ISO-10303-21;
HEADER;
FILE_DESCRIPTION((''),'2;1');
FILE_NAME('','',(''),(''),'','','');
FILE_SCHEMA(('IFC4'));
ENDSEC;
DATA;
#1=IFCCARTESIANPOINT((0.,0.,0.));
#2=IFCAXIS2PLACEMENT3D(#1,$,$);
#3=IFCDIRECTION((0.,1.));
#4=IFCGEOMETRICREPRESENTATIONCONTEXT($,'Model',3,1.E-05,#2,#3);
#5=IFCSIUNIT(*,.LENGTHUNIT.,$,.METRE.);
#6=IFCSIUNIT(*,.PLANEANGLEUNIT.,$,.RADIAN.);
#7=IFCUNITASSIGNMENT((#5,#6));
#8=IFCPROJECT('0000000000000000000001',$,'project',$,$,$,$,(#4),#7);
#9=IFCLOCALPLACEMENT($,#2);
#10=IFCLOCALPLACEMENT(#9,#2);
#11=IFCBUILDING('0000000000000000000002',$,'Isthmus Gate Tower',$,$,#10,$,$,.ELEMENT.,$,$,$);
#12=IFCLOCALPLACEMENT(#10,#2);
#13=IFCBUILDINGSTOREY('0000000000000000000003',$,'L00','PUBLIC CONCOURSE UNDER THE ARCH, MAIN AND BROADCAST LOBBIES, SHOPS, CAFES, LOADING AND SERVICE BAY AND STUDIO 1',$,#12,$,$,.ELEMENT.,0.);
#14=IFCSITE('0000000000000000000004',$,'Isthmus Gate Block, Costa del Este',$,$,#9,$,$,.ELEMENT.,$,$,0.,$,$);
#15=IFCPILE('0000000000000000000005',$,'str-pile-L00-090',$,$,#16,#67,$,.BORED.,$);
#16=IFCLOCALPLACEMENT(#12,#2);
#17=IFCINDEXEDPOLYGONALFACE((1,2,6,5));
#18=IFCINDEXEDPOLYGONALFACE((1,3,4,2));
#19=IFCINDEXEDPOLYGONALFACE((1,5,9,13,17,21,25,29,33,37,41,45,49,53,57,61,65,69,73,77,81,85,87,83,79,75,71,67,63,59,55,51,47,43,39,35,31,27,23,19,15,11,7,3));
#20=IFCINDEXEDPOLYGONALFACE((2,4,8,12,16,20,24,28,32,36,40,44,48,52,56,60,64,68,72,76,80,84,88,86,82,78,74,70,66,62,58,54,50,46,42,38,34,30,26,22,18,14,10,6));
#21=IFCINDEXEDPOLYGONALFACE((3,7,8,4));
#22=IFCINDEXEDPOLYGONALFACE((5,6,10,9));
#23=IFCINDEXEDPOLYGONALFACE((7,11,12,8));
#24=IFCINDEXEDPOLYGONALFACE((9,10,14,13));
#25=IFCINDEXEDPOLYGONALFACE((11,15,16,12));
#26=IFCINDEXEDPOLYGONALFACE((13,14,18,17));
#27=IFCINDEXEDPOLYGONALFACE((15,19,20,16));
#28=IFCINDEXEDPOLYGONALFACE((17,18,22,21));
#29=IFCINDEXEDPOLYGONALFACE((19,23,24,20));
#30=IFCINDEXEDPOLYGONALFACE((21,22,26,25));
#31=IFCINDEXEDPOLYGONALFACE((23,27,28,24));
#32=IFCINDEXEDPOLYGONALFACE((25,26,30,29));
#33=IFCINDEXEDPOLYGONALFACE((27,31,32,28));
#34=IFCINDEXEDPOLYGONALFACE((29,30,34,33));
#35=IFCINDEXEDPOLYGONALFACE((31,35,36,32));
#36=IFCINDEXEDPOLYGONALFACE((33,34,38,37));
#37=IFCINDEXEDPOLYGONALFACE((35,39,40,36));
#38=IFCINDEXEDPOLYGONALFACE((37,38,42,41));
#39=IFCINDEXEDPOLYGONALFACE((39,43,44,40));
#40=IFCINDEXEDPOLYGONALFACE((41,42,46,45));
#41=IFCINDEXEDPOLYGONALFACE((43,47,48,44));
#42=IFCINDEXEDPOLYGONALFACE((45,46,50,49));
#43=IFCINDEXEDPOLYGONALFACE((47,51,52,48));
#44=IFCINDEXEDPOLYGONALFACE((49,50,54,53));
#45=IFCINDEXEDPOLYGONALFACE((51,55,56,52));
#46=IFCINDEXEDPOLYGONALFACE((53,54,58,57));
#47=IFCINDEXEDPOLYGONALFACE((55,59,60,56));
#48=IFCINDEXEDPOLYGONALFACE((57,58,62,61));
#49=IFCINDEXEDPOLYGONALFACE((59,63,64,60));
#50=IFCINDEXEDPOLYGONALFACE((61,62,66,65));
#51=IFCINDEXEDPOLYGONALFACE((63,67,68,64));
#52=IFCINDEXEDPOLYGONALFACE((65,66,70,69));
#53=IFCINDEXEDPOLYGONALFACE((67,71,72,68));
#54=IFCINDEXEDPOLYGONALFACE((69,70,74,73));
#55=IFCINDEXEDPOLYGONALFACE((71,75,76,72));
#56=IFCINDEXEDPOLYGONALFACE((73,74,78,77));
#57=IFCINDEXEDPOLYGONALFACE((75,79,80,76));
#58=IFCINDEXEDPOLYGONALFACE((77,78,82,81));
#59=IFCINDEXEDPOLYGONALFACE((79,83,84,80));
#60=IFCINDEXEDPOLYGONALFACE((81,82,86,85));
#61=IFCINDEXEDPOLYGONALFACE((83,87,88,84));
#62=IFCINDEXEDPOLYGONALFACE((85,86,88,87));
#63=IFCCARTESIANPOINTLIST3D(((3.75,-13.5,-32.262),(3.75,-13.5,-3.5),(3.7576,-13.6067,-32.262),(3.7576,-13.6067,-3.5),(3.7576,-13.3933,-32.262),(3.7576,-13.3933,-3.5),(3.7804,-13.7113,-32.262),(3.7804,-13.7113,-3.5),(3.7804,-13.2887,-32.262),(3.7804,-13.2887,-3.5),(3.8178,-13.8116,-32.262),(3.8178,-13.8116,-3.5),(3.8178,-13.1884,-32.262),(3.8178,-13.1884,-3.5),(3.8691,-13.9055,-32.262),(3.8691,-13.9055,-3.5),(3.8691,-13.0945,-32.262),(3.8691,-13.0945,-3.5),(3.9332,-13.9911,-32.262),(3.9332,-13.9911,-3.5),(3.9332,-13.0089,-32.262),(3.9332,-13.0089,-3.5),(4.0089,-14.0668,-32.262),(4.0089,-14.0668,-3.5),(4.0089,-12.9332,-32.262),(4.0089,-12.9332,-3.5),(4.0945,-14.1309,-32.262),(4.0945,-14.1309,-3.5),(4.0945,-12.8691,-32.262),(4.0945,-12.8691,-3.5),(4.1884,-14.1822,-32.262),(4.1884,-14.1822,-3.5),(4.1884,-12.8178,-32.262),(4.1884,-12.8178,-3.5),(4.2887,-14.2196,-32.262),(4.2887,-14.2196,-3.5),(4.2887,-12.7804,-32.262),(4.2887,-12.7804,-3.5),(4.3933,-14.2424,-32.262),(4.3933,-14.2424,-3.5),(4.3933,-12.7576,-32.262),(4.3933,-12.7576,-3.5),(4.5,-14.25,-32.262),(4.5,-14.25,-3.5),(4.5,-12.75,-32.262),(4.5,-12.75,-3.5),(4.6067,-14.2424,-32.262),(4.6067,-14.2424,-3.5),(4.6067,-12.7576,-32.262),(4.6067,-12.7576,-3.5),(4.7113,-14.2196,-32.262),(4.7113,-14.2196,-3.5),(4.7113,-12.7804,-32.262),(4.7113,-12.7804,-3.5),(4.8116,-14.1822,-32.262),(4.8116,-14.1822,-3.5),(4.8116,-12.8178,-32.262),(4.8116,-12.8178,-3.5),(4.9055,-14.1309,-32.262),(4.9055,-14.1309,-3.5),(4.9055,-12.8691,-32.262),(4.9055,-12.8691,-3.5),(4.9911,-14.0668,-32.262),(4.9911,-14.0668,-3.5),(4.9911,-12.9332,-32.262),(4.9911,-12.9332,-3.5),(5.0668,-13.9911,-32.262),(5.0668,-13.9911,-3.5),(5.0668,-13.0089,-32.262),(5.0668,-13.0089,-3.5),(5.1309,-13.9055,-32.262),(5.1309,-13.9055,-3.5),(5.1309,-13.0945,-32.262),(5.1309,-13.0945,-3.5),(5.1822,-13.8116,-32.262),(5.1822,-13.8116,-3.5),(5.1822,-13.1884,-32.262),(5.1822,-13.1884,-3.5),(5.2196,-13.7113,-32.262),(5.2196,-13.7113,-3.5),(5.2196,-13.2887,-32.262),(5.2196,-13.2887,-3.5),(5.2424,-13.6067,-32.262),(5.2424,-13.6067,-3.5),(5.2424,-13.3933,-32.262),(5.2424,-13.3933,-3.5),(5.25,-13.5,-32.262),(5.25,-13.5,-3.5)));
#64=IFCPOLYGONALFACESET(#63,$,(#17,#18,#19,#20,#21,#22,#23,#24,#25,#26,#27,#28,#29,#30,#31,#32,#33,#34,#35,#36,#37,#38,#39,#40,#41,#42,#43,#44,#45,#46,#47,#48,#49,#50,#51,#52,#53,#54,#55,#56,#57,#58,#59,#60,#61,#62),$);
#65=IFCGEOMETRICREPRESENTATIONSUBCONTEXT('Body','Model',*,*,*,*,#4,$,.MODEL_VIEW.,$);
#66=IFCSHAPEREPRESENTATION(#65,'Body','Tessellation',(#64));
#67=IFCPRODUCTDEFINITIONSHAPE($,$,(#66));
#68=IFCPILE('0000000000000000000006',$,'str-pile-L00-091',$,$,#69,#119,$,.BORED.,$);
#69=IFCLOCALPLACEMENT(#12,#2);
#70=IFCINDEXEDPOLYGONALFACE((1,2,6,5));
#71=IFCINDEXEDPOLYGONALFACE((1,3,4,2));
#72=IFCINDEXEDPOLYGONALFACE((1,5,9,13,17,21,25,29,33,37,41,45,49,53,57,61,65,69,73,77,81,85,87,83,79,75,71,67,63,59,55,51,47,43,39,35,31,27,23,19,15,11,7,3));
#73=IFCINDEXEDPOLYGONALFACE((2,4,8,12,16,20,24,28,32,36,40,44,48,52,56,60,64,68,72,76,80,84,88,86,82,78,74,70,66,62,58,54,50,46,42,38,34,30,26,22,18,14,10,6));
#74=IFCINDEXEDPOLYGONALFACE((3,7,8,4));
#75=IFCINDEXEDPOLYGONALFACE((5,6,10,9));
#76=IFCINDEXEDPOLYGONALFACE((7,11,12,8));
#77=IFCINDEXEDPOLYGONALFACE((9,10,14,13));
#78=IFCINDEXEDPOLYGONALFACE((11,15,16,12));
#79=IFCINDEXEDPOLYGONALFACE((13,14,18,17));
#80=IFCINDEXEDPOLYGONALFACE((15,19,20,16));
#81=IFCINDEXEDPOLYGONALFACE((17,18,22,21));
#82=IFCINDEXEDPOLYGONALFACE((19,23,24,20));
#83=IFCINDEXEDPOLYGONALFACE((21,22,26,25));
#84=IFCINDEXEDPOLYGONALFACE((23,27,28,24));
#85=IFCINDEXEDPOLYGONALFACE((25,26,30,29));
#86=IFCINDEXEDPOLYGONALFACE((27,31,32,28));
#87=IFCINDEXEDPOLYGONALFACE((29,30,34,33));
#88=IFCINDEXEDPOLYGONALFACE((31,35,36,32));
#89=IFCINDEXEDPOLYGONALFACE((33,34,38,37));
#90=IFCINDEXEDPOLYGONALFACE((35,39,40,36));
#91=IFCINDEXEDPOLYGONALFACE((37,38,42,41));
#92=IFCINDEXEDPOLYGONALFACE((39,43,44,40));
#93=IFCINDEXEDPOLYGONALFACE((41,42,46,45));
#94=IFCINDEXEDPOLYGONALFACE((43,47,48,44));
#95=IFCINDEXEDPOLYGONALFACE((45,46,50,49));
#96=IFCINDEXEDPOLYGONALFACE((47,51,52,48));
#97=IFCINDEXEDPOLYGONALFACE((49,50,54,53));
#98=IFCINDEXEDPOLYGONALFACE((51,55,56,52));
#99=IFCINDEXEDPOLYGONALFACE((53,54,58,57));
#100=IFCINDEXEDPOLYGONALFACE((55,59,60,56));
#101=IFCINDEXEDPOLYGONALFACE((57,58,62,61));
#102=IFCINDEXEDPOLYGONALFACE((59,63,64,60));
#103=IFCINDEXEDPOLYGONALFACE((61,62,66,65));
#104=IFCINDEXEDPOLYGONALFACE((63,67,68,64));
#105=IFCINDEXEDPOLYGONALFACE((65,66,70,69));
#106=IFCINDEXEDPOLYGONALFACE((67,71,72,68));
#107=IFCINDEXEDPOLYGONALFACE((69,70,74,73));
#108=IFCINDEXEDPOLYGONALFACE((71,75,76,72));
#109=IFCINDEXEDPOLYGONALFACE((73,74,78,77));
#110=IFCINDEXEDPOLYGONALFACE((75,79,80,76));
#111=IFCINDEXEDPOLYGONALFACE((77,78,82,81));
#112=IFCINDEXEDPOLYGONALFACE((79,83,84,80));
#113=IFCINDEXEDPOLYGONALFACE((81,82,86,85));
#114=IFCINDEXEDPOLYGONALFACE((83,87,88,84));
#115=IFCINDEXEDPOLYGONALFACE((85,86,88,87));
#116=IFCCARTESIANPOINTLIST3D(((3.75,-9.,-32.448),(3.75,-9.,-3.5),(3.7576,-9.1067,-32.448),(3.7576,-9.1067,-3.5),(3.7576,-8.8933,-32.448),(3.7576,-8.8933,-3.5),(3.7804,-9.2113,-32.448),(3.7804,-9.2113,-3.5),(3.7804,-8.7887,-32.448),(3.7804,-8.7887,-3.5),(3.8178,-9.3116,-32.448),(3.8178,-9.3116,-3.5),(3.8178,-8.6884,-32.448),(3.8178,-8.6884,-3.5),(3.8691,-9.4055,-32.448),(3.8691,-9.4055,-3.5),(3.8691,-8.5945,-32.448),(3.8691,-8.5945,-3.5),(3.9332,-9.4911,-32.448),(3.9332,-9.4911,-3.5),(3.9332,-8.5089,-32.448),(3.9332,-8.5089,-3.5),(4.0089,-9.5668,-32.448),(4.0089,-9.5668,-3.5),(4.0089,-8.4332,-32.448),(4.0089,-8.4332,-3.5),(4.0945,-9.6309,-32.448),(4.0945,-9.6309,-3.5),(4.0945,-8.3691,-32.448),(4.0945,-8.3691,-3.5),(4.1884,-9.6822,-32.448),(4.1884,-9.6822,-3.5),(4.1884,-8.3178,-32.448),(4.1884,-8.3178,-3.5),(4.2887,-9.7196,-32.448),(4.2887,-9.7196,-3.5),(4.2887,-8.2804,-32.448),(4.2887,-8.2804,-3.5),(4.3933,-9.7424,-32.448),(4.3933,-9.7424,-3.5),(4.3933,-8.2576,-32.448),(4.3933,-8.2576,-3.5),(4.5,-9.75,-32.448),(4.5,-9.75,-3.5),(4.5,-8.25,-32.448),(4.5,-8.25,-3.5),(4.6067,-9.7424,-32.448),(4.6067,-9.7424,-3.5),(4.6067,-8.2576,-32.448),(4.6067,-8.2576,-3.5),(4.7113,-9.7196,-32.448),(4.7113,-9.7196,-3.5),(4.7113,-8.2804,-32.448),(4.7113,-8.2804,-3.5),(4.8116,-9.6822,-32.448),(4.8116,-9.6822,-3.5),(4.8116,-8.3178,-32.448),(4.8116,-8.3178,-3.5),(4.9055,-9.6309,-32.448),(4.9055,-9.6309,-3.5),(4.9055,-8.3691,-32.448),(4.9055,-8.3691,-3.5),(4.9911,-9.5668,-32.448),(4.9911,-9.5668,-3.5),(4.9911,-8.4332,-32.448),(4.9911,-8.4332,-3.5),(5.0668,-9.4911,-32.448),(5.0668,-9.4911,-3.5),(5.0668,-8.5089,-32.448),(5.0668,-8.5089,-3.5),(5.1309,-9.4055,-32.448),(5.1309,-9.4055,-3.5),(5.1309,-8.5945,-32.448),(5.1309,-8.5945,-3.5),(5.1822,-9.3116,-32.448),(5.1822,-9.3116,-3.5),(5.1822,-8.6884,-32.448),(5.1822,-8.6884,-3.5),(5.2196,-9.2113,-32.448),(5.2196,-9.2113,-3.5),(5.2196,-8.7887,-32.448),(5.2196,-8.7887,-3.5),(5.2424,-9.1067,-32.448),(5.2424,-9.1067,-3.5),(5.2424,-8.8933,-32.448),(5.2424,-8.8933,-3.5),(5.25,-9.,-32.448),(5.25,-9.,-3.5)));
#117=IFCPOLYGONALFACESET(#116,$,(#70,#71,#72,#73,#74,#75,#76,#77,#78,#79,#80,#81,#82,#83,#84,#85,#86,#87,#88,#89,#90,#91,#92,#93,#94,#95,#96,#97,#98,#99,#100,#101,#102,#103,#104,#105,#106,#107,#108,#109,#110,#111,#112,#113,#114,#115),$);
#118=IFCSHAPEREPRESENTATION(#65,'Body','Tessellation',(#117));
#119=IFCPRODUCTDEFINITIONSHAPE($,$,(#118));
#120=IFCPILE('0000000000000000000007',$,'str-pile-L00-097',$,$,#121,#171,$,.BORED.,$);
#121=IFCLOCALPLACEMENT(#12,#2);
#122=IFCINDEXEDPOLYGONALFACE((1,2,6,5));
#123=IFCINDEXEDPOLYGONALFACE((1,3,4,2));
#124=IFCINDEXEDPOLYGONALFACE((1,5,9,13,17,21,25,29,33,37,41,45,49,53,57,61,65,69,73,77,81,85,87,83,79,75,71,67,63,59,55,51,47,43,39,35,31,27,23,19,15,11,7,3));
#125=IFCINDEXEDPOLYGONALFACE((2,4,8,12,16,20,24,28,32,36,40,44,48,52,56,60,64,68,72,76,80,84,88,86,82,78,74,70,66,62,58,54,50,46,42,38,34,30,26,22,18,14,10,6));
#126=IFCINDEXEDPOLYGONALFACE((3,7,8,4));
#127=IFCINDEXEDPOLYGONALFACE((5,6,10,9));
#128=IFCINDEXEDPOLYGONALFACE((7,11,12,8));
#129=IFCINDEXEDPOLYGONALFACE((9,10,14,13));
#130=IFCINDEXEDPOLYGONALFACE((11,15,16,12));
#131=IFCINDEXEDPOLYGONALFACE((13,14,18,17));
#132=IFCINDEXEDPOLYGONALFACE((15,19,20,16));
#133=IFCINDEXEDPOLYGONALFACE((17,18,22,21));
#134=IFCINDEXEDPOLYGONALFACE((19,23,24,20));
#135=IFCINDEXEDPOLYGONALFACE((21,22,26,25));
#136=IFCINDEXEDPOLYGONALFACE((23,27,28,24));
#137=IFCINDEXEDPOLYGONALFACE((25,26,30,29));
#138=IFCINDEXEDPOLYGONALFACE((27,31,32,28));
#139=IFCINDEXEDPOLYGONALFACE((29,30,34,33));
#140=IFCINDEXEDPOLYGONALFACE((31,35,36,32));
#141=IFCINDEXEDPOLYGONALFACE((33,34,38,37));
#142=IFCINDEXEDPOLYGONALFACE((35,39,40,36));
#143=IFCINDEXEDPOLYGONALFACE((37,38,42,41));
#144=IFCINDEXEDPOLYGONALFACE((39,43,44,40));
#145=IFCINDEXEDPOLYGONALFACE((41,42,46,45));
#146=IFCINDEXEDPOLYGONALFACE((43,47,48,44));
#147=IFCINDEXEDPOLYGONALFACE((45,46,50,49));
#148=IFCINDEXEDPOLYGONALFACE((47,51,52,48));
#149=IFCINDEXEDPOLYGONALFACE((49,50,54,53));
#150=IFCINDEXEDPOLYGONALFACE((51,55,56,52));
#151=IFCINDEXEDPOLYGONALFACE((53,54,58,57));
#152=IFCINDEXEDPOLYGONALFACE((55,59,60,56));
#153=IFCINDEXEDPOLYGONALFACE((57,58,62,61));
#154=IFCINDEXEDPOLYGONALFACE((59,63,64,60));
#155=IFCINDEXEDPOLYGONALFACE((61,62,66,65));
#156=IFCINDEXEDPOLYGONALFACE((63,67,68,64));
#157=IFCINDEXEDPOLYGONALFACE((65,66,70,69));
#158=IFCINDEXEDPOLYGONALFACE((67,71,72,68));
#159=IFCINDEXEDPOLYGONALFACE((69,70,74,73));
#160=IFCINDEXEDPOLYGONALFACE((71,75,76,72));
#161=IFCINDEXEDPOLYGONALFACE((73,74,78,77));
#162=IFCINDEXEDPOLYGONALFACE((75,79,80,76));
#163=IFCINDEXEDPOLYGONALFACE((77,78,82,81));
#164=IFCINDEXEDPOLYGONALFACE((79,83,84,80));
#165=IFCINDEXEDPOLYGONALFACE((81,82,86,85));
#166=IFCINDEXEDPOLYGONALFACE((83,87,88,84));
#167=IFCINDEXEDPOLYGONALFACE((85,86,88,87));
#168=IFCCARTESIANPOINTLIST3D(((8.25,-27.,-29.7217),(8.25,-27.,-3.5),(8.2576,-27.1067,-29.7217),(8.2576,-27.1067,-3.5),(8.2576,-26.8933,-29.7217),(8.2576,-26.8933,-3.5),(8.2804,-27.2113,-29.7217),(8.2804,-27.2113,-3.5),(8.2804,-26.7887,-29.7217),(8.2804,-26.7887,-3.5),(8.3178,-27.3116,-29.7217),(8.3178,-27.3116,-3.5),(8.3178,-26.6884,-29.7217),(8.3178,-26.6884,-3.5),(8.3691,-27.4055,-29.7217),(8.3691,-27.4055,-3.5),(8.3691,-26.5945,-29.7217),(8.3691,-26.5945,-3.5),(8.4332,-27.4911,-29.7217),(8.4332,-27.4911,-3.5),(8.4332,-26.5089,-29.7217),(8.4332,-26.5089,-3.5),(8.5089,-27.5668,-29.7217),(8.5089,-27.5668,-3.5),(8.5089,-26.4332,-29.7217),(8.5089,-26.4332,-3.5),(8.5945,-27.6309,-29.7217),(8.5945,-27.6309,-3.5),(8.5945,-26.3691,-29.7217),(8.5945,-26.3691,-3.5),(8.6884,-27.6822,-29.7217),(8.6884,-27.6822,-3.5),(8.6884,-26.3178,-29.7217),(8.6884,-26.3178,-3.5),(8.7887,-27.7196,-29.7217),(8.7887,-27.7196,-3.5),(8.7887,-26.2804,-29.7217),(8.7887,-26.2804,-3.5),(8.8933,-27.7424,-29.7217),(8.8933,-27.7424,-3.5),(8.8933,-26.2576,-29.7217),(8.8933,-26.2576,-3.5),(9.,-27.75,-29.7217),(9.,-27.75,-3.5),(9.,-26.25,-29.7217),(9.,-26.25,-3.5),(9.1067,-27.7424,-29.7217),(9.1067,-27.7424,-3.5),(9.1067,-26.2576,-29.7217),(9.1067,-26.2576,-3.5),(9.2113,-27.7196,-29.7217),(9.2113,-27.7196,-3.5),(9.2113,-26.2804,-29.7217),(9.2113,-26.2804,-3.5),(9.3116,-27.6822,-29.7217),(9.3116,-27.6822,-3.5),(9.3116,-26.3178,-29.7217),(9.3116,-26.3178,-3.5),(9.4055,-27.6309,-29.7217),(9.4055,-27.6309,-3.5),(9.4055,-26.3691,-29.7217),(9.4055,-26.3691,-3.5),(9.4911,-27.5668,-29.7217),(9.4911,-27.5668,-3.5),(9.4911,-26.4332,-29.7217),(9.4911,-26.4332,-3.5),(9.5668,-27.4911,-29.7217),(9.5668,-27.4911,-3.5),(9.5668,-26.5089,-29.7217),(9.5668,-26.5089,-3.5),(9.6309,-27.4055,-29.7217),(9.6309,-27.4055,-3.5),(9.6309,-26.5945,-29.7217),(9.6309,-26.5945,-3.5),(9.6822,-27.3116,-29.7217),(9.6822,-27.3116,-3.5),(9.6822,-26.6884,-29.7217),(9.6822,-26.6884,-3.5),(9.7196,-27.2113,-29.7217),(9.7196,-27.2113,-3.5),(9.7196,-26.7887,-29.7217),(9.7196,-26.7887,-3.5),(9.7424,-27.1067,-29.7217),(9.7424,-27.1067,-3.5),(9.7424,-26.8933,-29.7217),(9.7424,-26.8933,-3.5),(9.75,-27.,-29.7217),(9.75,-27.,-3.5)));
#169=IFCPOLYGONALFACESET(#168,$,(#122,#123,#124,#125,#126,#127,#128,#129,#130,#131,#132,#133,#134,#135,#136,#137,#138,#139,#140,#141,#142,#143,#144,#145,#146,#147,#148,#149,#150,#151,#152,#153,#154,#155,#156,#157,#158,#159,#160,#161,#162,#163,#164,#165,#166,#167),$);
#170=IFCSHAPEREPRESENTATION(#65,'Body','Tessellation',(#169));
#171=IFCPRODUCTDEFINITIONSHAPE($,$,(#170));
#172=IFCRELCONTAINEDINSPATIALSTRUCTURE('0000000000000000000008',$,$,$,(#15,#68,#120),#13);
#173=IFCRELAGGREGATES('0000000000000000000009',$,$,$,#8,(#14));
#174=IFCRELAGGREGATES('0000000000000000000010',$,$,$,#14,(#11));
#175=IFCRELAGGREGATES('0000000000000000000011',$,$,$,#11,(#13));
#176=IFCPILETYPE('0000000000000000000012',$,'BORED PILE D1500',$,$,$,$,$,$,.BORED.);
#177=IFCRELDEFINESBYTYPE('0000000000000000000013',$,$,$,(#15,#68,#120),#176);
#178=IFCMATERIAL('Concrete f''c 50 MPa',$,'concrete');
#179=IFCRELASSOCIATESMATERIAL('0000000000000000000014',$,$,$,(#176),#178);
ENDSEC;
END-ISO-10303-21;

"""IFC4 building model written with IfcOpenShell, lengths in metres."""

from ifc_helpers import new_model, si_unit, direction, frame, origin, origin_2d, place, context, subcontext, project, spatial, circle, extrude, material, material_profile, profile_set, type_object, element, save


model = new_model("IFC4")

# Units and contexts
model_context = context("Model", 3, precision=1e-05, world=origin(), true_north=direction((0.0, 1.0)))
body_context = subcontext(model_context, "Body", "Model", "MODEL_VIEW")
ifc_project = project(units=[si_unit("LENGTHUNIT", "METRE"), si_unit("PLANEANGLEUNIT", "RADIAN")], contexts=[model_context])

# Site, building, storey
site_placement = place(None, origin())
site = spatial("IfcSite", under=ifc_project, at=site_placement, Name="Isthmus Gate Block, Costa del Este", CompositionType="ELEMENT", RefElevation=0.0)
building_placement = place(site_placement, origin())
building = spatial("IfcBuilding", under=site, at=building_placement, Name="Isthmus Gate Tower", CompositionType="ELEMENT")
storey_placement = place(building_placement, origin())
storey = spatial("IfcBuildingStorey", under=building, at=storey_placement, Name="L00", Description="PUBLIC CONCOURSE UNDER THE ARCH, MAIN AND BROADCAST LOBBIES, SHOPS, CAFES, LOADING AND SERVICE BAY AND STUDIO 1", CompositionType="ELEMENT", Elevation=0.0)

# Piles
ifc_material_1 = material(Name="Concrete f'c 50 MPa", Category="concrete")
ifc_material_profile_1 = material_profile(ifc_material_1, circle(Radius=0.75, at=origin_2d()), Name="D1500")
ifc_profile_set_1 = profile_set([ifc_material_profile_1], Name="Concrete f'c 50 MPa")
pile_type_1 = type_object("IfcPileType", Name="BORED PILE D1500", PredefinedType="BORED", material=ifc_profile_set_1)
pile_1_placement = place(storey_placement, frame((4.5, -13.5, -3.5), z_axis=(0.0, 0.0, -1.0), x_axis=(1.0, 0.0, 0.0)))
element("IfcPile", 1, at=pile_1_placement, inside=storey, type_object=pile_type_1, Name="str-pile-L00-090", PredefinedType="BORED", context=body_context, shape_type="SweptSolid", body=[
    extrude(circle(Radius=0.75, at=origin_2d()), origin(), (0.0, 0.0, 1.0), 28.762),
])
pile_2_placement = place(storey_placement, frame((4.5, -9.0, -3.5), z_axis=(0.0, 0.0, -1.0), x_axis=(1.0, 0.0, 0.0)))
element("IfcPile", 2, at=pile_2_placement, inside=storey, type_object=pile_type_1, Name="str-pile-L00-091", PredefinedType="BORED", context=body_context, shape_type="SweptSolid", body=[
    extrude(circle(Radius=0.75, at=origin_2d()), origin(), (0.0, 0.0, 1.0), 28.948),
])
pile_3_placement = place(storey_placement, frame((9.0, -27.0, -3.5), z_axis=(0.0, 0.0, -1.0), x_axis=(1.0, 0.0, 0.0)))
element("IfcPile", 3, at=pile_3_placement, inside=storey, type_object=pile_type_1, Name="str-pile-L00-097", PredefinedType="BORED", context=body_context, shape_type="SweptSolid", body=[
    extrude(circle(Radius=0.75, at=origin_2d()), origin(), (0.0, 0.0, 1.0), 26.2217),
])

save(model, "model.ifc")
